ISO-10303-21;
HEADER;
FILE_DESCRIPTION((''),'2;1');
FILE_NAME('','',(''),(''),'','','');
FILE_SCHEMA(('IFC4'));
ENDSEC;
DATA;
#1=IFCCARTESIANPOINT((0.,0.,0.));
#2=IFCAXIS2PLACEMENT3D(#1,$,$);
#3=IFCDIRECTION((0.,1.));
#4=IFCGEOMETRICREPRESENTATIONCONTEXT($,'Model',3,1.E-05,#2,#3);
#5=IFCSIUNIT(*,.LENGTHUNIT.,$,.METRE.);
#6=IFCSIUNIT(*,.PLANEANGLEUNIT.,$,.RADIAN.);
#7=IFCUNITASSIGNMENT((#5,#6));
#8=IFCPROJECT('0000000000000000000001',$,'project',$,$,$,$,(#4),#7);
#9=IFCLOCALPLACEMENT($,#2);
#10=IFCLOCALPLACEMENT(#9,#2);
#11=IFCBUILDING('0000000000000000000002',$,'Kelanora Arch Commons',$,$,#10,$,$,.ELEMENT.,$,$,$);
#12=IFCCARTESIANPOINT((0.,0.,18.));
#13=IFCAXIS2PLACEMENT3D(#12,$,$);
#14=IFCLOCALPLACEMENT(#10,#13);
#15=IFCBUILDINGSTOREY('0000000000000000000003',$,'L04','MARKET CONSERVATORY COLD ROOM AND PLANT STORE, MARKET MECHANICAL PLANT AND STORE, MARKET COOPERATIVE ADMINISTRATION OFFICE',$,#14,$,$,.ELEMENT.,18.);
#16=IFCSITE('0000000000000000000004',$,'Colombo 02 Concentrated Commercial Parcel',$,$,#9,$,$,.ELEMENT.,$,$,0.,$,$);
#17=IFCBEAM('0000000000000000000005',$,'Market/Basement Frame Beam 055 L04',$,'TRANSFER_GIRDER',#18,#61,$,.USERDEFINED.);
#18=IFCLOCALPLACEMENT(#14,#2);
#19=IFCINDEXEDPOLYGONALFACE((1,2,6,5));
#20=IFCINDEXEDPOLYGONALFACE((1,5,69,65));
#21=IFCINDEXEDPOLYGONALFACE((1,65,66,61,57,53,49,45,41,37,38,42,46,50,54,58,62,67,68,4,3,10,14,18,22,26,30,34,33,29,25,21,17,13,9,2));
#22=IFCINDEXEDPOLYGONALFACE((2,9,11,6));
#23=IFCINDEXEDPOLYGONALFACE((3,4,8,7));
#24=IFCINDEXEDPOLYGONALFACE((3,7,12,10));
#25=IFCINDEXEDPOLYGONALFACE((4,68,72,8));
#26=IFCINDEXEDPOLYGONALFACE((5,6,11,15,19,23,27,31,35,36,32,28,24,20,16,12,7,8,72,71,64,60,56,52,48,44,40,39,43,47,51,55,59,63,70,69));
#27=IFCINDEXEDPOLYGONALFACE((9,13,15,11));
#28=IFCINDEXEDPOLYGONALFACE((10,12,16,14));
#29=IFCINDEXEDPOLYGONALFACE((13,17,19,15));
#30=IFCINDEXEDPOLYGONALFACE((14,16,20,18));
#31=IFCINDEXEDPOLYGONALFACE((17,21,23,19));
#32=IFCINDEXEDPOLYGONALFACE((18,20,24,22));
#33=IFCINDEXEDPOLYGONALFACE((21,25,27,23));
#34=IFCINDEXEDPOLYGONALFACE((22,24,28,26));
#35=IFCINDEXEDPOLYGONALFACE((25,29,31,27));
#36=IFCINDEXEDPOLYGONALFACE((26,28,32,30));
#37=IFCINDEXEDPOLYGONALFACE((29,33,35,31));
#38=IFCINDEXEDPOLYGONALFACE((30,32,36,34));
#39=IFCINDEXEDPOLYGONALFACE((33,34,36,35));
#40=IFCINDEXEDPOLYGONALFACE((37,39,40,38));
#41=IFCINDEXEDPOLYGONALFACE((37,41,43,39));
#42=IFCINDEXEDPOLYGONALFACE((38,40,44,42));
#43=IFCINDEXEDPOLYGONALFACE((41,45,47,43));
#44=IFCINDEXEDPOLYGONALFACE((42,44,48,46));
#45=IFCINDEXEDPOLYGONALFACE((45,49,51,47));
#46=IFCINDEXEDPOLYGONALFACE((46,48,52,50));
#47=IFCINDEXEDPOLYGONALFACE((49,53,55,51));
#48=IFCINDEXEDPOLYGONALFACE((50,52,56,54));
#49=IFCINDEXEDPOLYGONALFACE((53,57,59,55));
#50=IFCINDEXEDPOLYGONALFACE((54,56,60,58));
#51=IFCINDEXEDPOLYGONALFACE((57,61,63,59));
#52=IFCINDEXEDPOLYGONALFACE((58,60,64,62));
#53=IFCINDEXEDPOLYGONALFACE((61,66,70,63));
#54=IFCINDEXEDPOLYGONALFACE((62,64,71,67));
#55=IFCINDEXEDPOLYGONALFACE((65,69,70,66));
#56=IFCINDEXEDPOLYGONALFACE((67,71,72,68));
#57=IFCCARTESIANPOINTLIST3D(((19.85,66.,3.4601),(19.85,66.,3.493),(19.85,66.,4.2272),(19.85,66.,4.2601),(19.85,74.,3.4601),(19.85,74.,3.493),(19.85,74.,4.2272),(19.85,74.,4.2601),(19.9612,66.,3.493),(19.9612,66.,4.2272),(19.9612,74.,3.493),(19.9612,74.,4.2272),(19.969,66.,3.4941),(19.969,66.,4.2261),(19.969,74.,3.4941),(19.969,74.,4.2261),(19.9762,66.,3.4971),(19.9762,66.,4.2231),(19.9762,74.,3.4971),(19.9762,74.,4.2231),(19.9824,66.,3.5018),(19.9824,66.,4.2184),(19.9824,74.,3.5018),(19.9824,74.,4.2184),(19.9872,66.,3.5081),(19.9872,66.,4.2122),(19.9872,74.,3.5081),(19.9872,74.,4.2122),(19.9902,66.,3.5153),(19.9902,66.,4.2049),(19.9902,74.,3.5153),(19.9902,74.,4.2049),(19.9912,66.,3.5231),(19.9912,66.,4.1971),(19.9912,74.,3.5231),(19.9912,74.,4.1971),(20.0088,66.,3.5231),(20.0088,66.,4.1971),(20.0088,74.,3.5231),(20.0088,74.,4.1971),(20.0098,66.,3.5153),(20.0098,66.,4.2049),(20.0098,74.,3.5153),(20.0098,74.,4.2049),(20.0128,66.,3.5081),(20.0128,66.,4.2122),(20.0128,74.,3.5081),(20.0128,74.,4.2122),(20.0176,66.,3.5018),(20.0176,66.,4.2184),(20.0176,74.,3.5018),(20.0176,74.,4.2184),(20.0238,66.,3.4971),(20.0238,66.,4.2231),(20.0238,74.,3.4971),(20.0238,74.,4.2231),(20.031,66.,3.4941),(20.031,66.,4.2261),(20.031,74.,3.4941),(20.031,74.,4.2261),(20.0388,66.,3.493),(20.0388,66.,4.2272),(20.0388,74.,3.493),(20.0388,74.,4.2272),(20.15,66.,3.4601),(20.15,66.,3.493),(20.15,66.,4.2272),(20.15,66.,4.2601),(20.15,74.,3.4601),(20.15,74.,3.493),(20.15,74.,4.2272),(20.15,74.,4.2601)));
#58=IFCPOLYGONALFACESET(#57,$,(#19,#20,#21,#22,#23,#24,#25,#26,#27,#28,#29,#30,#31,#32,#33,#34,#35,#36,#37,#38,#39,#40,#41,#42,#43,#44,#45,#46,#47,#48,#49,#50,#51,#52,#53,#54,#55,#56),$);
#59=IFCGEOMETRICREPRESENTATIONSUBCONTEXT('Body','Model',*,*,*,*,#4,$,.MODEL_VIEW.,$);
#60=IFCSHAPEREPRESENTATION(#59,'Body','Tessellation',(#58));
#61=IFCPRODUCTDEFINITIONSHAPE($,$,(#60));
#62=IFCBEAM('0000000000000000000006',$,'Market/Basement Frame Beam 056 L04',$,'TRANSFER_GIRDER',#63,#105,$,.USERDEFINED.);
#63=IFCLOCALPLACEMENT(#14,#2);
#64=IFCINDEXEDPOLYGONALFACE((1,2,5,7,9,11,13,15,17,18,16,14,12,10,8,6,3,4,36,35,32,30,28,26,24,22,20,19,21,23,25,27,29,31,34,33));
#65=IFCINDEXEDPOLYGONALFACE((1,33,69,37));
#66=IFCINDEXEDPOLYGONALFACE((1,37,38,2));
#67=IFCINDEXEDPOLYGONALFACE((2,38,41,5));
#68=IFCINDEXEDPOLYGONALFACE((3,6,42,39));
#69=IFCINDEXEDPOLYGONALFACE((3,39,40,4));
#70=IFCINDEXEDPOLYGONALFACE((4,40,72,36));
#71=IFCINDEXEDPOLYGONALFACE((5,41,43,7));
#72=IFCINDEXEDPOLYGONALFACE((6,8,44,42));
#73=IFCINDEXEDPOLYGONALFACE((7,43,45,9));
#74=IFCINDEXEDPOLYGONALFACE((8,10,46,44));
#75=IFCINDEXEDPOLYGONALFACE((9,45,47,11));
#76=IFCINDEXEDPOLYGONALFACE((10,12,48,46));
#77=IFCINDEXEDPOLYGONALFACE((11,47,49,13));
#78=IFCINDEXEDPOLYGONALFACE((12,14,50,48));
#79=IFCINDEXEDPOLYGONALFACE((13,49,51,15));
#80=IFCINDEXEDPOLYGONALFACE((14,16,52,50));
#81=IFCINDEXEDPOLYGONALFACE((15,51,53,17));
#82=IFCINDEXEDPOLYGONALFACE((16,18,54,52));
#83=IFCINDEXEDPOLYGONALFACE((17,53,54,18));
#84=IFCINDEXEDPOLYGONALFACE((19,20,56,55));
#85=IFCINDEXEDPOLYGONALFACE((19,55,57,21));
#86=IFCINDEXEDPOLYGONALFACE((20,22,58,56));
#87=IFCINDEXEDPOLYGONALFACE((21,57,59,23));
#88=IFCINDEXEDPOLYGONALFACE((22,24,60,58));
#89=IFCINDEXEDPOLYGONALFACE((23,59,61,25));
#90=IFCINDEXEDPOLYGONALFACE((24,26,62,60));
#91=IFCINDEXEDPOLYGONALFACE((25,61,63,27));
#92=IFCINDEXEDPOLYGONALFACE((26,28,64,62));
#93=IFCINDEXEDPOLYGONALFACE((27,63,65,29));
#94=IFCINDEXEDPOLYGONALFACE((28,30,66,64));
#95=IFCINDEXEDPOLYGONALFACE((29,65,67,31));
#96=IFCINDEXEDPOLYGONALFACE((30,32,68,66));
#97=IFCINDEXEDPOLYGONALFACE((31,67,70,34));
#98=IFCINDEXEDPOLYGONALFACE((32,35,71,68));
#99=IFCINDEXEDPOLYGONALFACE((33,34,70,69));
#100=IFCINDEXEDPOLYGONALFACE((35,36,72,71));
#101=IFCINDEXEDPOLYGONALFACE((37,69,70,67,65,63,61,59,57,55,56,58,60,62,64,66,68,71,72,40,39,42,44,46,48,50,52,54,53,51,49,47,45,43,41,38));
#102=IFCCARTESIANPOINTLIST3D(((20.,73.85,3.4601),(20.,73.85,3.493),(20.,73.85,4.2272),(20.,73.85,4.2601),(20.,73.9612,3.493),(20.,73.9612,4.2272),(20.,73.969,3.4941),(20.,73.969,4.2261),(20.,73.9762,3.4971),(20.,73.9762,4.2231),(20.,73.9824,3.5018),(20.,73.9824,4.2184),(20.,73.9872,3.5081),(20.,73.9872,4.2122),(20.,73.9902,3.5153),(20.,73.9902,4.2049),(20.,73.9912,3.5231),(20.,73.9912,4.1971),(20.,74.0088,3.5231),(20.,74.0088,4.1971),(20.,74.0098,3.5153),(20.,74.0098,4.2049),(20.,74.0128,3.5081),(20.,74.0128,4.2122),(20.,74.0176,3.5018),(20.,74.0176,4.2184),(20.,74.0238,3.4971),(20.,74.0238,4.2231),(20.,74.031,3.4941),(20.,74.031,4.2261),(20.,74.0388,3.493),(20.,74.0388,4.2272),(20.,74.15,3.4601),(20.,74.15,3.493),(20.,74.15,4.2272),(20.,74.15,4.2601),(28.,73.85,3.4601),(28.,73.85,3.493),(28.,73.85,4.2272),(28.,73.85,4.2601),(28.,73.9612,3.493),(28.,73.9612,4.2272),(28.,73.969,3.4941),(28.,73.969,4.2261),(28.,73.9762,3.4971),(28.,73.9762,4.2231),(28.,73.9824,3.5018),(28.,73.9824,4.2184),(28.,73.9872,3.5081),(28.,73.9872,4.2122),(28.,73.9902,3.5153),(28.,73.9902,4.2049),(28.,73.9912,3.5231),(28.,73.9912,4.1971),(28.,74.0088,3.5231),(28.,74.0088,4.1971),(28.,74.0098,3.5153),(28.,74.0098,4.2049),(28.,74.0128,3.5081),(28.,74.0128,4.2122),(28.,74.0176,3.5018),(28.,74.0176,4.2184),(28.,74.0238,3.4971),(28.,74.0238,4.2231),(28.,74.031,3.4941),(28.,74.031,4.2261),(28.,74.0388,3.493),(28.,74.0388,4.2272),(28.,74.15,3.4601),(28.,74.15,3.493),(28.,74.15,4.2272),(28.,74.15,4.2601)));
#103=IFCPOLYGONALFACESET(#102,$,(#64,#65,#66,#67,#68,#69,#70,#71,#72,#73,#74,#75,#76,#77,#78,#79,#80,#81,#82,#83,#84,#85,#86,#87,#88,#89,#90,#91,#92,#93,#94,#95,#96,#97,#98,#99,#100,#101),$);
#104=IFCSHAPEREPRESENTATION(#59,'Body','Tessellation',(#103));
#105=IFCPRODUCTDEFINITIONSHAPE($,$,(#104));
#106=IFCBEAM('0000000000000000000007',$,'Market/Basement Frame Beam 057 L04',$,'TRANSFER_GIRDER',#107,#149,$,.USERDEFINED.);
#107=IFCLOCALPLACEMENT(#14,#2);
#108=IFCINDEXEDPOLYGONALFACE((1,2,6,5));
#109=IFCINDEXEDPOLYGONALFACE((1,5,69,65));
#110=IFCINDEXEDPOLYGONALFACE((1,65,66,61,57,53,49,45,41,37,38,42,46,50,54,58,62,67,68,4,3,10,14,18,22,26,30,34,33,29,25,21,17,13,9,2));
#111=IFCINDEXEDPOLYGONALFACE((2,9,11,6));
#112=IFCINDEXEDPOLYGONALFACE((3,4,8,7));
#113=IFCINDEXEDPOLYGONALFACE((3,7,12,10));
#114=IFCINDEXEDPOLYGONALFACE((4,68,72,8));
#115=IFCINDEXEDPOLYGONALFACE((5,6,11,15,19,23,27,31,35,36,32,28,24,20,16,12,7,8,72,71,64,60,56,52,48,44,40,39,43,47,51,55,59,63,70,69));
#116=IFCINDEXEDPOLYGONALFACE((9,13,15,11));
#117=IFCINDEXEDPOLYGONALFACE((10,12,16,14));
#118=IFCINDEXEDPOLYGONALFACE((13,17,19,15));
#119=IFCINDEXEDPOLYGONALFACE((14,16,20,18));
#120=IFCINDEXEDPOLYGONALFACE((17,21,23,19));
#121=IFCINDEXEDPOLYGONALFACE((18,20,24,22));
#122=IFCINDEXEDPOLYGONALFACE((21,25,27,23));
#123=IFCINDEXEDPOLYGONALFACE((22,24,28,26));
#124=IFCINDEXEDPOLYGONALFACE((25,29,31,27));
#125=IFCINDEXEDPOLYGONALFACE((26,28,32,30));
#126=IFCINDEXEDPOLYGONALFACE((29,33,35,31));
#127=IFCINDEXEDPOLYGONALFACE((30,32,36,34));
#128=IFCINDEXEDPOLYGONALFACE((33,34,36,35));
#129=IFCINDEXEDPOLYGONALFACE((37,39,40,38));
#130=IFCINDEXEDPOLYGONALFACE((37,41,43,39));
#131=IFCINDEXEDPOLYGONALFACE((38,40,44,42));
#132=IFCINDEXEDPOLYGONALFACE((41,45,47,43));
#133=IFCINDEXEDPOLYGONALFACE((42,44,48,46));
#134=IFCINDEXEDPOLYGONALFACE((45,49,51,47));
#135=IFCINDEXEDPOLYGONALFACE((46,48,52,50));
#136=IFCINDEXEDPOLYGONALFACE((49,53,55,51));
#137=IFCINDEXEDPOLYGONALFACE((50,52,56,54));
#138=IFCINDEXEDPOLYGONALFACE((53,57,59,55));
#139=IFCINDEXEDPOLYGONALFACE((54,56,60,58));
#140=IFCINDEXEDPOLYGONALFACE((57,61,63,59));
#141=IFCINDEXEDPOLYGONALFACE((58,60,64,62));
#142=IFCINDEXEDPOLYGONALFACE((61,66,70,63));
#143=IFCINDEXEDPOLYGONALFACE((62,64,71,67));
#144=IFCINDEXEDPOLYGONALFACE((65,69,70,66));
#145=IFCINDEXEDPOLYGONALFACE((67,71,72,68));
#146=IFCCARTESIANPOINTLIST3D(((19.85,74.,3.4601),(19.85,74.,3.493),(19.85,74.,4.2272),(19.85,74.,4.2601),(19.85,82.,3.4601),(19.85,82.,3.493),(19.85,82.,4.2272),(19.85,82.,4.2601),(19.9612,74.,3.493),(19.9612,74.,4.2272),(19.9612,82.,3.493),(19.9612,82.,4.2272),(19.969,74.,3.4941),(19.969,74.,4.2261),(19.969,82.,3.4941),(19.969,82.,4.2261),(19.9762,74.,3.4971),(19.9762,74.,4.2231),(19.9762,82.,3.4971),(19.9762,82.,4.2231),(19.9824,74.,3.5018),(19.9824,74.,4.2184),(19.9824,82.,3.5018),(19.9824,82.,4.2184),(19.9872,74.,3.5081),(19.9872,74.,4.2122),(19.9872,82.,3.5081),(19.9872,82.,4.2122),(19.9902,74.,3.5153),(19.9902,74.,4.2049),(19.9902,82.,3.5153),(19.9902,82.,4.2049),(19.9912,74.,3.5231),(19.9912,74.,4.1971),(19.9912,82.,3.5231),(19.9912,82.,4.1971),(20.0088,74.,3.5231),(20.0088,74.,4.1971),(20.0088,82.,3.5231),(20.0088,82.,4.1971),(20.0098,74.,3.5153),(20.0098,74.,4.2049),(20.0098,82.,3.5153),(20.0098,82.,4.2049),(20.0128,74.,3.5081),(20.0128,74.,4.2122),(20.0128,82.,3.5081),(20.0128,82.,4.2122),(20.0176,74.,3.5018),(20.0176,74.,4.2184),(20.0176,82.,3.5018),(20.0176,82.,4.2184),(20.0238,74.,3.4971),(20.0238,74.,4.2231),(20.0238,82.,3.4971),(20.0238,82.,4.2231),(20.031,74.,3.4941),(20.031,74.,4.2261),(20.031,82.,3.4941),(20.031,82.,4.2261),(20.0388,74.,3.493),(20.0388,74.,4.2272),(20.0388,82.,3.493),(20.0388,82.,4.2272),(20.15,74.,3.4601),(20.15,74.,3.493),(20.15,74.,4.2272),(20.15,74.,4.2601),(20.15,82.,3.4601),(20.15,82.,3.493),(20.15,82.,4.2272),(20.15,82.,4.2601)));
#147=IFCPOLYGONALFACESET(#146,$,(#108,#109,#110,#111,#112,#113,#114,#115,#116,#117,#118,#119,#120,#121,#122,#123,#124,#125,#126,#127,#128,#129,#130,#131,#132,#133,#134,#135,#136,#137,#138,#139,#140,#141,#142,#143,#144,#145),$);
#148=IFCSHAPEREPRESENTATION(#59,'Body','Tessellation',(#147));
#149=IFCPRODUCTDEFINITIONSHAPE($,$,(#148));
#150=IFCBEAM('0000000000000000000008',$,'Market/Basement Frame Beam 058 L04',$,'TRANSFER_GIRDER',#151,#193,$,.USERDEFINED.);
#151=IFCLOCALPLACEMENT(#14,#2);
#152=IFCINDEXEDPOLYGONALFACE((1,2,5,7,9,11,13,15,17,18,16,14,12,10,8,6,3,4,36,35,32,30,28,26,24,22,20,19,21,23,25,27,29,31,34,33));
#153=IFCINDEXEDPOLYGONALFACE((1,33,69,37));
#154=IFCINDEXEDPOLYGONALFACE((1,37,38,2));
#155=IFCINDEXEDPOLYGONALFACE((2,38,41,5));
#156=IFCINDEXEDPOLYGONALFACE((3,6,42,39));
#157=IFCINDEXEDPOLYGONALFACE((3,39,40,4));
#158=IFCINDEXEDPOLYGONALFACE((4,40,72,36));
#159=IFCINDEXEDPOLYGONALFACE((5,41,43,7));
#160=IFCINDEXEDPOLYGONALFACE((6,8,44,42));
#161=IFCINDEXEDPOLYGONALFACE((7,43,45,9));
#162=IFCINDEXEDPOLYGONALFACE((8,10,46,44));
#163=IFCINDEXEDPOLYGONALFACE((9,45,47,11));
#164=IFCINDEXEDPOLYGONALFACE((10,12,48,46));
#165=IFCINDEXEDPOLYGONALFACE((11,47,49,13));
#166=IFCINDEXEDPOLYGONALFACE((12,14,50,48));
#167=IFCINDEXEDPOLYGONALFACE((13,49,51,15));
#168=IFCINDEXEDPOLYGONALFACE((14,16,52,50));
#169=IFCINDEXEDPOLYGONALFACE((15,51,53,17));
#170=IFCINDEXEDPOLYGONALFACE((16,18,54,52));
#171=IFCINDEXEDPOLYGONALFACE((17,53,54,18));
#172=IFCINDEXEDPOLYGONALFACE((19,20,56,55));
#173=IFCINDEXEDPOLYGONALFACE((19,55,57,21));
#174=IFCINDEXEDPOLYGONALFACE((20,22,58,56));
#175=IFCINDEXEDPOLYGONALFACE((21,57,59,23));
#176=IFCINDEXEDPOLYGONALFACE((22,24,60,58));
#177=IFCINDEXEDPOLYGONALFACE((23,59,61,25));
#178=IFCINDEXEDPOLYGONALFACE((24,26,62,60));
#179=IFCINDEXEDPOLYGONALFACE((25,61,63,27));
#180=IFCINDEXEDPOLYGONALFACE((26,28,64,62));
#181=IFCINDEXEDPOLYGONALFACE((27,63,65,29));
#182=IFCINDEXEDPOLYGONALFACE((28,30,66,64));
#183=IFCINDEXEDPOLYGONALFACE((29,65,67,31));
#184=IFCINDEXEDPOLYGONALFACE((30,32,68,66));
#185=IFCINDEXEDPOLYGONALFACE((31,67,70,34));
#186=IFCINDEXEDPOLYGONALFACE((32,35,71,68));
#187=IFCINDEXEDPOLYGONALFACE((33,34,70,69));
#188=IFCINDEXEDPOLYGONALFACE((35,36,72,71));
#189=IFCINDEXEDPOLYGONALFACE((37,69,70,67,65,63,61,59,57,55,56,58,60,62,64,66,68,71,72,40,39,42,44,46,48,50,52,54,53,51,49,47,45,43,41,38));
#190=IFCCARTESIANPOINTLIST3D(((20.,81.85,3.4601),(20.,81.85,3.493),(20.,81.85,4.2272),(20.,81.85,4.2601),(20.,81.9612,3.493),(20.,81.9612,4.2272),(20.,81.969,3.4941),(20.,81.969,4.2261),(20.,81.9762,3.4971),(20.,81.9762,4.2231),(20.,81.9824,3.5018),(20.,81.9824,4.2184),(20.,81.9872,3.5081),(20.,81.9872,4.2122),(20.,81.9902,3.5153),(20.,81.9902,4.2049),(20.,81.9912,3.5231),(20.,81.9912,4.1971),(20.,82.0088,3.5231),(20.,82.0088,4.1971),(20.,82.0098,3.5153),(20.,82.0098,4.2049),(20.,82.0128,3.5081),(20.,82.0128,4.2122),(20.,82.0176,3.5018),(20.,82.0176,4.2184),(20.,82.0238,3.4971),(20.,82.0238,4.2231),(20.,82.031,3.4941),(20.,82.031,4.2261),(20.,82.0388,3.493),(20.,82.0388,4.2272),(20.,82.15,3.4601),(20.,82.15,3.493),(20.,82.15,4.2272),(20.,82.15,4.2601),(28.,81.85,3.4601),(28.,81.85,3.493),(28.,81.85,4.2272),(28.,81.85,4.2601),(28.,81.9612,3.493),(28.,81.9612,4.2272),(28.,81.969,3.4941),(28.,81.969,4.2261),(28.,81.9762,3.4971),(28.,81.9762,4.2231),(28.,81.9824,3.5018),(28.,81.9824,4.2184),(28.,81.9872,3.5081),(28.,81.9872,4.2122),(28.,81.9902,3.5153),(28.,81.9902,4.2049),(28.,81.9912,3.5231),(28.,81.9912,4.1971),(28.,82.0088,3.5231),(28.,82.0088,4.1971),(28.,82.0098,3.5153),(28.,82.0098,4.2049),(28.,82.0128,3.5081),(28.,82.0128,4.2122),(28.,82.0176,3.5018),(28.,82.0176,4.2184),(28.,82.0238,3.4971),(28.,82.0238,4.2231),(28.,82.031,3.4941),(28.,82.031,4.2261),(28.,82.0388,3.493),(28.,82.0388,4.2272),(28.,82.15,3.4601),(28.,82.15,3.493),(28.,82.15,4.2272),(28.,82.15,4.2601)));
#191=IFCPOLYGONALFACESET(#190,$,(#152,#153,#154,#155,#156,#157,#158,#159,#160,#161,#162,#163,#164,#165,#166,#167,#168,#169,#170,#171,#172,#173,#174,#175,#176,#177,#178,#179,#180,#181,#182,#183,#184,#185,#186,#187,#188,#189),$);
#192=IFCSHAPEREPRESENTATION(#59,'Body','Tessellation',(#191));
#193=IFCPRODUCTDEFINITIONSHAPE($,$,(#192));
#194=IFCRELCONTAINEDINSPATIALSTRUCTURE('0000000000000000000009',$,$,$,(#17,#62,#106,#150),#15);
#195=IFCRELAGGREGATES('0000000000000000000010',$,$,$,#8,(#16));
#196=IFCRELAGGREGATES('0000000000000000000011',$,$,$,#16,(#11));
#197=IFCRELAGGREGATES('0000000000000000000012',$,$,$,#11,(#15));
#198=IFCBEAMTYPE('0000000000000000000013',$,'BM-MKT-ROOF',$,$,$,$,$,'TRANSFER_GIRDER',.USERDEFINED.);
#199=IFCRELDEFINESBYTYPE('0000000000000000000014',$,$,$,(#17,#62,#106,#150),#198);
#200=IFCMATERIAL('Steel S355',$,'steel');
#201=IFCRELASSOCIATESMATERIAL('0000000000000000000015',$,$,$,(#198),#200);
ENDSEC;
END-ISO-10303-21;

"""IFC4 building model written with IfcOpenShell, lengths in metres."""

from ifc_helpers import new_model, si_unit, direction, frame, origin, origin_2d, place, context, subcontext, project, spatial, i_section, extrude, material, material_profile, profile_set, type_object, element, save


model = new_model("IFC4")

# Units and contexts
model_context = context("Model", 3, precision=1e-05, world=origin(), true_north=direction((0.0, 1.0)))
body_context = subcontext(model_context, "Body", "Model", "MODEL_VIEW")
ifc_project = project(units=[si_unit("LENGTHUNIT", "METRE"), si_unit("PLANEANGLEUNIT", "RADIAN")], contexts=[model_context])

# Site, building, storey
site_placement = place(None, origin())
site = spatial("IfcSite", under=ifc_project, at=site_placement, Name="Colombo 02 Concentrated Commercial Parcel", CompositionType="ELEMENT", RefElevation=0.0)
building_placement = place(site_placement, origin())
building = spatial("IfcBuilding", under=site, at=building_placement, Name="Kelanora Arch Commons", CompositionType="ELEMENT")
storey_placement = place(building_placement, frame((0.0, 0.0, 18.0)))
storey = spatial("IfcBuildingStorey", under=building, at=storey_placement, Name="L04", Description="MARKET CONSERVATORY COLD ROOM AND PLANT STORE, MARKET MECHANICAL PLANT AND STORE, MARKET COOPERATIVE ADMINISTRATION OFFICE", CompositionType="ELEMENT", Elevation=18.0)

# Beams
ifc_material_1 = material(Name="Steel S355", Category="steel")
ifc_material_profile_1 = material_profile(ifc_material_1, i_section(OverallWidth=0.3, OverallDepth=0.8, WebThickness=0.0176, FlangeThickness=0.033, FilletRadius=0.03, at=origin_2d()), Name="HEB800")
ifc_profile_set_1 = profile_set([ifc_material_profile_1], Name="Steel S355")
beam_type = type_object("IfcBeamType", Name="BM-MKT-ROOF", ElementType="TRANSFER_GIRDER", PredefinedType="USERDEFINED", material=ifc_profile_set_1)
for number, where, z_axis, x_axis, name in (
    (1, (20.0, 66.0, 3.8601), (0.0, 1.0, 0.0), (-1.0, 0.0, 0.0), "Market/Basement Frame Beam 055 L04"),
    (2, (20.0, 74.0, 3.8601), (1.0, 0.0, 0.0), (0.0, 1.0, 0.0), "Market/Basement Frame Beam 056 L04"),
    (3, (20.0, 74.0, 3.8601), (0.0, 1.0, 0.0), (-1.0, 0.0, 0.0), "Market/Basement Frame Beam 057 L04"),
    (4, (20.0, 82.0, 3.8601), (1.0, 0.0, 0.0), (0.0, 1.0, 0.0), "Market/Basement Frame Beam 058 L04"),
):
    element("IfcBeam", number, at=place(storey_placement, frame(where, z_axis=z_axis, x_axis=x_axis)), inside=storey, type_object=beam_type, Name=name, ObjectType="TRANSFER_GIRDER", PredefinedType="USERDEFINED", context=body_context, shape_type="SweptSolid", body=[
        extrude(i_section(OverallWidth=0.3, OverallDepth=0.8, WebThickness=0.0176, FlangeThickness=0.033, FilletRadius=0.03, at=origin_2d()), origin(), (0.0, 0.0, 1.0), 8.0),
    ])

save(model, "model.ifc")
